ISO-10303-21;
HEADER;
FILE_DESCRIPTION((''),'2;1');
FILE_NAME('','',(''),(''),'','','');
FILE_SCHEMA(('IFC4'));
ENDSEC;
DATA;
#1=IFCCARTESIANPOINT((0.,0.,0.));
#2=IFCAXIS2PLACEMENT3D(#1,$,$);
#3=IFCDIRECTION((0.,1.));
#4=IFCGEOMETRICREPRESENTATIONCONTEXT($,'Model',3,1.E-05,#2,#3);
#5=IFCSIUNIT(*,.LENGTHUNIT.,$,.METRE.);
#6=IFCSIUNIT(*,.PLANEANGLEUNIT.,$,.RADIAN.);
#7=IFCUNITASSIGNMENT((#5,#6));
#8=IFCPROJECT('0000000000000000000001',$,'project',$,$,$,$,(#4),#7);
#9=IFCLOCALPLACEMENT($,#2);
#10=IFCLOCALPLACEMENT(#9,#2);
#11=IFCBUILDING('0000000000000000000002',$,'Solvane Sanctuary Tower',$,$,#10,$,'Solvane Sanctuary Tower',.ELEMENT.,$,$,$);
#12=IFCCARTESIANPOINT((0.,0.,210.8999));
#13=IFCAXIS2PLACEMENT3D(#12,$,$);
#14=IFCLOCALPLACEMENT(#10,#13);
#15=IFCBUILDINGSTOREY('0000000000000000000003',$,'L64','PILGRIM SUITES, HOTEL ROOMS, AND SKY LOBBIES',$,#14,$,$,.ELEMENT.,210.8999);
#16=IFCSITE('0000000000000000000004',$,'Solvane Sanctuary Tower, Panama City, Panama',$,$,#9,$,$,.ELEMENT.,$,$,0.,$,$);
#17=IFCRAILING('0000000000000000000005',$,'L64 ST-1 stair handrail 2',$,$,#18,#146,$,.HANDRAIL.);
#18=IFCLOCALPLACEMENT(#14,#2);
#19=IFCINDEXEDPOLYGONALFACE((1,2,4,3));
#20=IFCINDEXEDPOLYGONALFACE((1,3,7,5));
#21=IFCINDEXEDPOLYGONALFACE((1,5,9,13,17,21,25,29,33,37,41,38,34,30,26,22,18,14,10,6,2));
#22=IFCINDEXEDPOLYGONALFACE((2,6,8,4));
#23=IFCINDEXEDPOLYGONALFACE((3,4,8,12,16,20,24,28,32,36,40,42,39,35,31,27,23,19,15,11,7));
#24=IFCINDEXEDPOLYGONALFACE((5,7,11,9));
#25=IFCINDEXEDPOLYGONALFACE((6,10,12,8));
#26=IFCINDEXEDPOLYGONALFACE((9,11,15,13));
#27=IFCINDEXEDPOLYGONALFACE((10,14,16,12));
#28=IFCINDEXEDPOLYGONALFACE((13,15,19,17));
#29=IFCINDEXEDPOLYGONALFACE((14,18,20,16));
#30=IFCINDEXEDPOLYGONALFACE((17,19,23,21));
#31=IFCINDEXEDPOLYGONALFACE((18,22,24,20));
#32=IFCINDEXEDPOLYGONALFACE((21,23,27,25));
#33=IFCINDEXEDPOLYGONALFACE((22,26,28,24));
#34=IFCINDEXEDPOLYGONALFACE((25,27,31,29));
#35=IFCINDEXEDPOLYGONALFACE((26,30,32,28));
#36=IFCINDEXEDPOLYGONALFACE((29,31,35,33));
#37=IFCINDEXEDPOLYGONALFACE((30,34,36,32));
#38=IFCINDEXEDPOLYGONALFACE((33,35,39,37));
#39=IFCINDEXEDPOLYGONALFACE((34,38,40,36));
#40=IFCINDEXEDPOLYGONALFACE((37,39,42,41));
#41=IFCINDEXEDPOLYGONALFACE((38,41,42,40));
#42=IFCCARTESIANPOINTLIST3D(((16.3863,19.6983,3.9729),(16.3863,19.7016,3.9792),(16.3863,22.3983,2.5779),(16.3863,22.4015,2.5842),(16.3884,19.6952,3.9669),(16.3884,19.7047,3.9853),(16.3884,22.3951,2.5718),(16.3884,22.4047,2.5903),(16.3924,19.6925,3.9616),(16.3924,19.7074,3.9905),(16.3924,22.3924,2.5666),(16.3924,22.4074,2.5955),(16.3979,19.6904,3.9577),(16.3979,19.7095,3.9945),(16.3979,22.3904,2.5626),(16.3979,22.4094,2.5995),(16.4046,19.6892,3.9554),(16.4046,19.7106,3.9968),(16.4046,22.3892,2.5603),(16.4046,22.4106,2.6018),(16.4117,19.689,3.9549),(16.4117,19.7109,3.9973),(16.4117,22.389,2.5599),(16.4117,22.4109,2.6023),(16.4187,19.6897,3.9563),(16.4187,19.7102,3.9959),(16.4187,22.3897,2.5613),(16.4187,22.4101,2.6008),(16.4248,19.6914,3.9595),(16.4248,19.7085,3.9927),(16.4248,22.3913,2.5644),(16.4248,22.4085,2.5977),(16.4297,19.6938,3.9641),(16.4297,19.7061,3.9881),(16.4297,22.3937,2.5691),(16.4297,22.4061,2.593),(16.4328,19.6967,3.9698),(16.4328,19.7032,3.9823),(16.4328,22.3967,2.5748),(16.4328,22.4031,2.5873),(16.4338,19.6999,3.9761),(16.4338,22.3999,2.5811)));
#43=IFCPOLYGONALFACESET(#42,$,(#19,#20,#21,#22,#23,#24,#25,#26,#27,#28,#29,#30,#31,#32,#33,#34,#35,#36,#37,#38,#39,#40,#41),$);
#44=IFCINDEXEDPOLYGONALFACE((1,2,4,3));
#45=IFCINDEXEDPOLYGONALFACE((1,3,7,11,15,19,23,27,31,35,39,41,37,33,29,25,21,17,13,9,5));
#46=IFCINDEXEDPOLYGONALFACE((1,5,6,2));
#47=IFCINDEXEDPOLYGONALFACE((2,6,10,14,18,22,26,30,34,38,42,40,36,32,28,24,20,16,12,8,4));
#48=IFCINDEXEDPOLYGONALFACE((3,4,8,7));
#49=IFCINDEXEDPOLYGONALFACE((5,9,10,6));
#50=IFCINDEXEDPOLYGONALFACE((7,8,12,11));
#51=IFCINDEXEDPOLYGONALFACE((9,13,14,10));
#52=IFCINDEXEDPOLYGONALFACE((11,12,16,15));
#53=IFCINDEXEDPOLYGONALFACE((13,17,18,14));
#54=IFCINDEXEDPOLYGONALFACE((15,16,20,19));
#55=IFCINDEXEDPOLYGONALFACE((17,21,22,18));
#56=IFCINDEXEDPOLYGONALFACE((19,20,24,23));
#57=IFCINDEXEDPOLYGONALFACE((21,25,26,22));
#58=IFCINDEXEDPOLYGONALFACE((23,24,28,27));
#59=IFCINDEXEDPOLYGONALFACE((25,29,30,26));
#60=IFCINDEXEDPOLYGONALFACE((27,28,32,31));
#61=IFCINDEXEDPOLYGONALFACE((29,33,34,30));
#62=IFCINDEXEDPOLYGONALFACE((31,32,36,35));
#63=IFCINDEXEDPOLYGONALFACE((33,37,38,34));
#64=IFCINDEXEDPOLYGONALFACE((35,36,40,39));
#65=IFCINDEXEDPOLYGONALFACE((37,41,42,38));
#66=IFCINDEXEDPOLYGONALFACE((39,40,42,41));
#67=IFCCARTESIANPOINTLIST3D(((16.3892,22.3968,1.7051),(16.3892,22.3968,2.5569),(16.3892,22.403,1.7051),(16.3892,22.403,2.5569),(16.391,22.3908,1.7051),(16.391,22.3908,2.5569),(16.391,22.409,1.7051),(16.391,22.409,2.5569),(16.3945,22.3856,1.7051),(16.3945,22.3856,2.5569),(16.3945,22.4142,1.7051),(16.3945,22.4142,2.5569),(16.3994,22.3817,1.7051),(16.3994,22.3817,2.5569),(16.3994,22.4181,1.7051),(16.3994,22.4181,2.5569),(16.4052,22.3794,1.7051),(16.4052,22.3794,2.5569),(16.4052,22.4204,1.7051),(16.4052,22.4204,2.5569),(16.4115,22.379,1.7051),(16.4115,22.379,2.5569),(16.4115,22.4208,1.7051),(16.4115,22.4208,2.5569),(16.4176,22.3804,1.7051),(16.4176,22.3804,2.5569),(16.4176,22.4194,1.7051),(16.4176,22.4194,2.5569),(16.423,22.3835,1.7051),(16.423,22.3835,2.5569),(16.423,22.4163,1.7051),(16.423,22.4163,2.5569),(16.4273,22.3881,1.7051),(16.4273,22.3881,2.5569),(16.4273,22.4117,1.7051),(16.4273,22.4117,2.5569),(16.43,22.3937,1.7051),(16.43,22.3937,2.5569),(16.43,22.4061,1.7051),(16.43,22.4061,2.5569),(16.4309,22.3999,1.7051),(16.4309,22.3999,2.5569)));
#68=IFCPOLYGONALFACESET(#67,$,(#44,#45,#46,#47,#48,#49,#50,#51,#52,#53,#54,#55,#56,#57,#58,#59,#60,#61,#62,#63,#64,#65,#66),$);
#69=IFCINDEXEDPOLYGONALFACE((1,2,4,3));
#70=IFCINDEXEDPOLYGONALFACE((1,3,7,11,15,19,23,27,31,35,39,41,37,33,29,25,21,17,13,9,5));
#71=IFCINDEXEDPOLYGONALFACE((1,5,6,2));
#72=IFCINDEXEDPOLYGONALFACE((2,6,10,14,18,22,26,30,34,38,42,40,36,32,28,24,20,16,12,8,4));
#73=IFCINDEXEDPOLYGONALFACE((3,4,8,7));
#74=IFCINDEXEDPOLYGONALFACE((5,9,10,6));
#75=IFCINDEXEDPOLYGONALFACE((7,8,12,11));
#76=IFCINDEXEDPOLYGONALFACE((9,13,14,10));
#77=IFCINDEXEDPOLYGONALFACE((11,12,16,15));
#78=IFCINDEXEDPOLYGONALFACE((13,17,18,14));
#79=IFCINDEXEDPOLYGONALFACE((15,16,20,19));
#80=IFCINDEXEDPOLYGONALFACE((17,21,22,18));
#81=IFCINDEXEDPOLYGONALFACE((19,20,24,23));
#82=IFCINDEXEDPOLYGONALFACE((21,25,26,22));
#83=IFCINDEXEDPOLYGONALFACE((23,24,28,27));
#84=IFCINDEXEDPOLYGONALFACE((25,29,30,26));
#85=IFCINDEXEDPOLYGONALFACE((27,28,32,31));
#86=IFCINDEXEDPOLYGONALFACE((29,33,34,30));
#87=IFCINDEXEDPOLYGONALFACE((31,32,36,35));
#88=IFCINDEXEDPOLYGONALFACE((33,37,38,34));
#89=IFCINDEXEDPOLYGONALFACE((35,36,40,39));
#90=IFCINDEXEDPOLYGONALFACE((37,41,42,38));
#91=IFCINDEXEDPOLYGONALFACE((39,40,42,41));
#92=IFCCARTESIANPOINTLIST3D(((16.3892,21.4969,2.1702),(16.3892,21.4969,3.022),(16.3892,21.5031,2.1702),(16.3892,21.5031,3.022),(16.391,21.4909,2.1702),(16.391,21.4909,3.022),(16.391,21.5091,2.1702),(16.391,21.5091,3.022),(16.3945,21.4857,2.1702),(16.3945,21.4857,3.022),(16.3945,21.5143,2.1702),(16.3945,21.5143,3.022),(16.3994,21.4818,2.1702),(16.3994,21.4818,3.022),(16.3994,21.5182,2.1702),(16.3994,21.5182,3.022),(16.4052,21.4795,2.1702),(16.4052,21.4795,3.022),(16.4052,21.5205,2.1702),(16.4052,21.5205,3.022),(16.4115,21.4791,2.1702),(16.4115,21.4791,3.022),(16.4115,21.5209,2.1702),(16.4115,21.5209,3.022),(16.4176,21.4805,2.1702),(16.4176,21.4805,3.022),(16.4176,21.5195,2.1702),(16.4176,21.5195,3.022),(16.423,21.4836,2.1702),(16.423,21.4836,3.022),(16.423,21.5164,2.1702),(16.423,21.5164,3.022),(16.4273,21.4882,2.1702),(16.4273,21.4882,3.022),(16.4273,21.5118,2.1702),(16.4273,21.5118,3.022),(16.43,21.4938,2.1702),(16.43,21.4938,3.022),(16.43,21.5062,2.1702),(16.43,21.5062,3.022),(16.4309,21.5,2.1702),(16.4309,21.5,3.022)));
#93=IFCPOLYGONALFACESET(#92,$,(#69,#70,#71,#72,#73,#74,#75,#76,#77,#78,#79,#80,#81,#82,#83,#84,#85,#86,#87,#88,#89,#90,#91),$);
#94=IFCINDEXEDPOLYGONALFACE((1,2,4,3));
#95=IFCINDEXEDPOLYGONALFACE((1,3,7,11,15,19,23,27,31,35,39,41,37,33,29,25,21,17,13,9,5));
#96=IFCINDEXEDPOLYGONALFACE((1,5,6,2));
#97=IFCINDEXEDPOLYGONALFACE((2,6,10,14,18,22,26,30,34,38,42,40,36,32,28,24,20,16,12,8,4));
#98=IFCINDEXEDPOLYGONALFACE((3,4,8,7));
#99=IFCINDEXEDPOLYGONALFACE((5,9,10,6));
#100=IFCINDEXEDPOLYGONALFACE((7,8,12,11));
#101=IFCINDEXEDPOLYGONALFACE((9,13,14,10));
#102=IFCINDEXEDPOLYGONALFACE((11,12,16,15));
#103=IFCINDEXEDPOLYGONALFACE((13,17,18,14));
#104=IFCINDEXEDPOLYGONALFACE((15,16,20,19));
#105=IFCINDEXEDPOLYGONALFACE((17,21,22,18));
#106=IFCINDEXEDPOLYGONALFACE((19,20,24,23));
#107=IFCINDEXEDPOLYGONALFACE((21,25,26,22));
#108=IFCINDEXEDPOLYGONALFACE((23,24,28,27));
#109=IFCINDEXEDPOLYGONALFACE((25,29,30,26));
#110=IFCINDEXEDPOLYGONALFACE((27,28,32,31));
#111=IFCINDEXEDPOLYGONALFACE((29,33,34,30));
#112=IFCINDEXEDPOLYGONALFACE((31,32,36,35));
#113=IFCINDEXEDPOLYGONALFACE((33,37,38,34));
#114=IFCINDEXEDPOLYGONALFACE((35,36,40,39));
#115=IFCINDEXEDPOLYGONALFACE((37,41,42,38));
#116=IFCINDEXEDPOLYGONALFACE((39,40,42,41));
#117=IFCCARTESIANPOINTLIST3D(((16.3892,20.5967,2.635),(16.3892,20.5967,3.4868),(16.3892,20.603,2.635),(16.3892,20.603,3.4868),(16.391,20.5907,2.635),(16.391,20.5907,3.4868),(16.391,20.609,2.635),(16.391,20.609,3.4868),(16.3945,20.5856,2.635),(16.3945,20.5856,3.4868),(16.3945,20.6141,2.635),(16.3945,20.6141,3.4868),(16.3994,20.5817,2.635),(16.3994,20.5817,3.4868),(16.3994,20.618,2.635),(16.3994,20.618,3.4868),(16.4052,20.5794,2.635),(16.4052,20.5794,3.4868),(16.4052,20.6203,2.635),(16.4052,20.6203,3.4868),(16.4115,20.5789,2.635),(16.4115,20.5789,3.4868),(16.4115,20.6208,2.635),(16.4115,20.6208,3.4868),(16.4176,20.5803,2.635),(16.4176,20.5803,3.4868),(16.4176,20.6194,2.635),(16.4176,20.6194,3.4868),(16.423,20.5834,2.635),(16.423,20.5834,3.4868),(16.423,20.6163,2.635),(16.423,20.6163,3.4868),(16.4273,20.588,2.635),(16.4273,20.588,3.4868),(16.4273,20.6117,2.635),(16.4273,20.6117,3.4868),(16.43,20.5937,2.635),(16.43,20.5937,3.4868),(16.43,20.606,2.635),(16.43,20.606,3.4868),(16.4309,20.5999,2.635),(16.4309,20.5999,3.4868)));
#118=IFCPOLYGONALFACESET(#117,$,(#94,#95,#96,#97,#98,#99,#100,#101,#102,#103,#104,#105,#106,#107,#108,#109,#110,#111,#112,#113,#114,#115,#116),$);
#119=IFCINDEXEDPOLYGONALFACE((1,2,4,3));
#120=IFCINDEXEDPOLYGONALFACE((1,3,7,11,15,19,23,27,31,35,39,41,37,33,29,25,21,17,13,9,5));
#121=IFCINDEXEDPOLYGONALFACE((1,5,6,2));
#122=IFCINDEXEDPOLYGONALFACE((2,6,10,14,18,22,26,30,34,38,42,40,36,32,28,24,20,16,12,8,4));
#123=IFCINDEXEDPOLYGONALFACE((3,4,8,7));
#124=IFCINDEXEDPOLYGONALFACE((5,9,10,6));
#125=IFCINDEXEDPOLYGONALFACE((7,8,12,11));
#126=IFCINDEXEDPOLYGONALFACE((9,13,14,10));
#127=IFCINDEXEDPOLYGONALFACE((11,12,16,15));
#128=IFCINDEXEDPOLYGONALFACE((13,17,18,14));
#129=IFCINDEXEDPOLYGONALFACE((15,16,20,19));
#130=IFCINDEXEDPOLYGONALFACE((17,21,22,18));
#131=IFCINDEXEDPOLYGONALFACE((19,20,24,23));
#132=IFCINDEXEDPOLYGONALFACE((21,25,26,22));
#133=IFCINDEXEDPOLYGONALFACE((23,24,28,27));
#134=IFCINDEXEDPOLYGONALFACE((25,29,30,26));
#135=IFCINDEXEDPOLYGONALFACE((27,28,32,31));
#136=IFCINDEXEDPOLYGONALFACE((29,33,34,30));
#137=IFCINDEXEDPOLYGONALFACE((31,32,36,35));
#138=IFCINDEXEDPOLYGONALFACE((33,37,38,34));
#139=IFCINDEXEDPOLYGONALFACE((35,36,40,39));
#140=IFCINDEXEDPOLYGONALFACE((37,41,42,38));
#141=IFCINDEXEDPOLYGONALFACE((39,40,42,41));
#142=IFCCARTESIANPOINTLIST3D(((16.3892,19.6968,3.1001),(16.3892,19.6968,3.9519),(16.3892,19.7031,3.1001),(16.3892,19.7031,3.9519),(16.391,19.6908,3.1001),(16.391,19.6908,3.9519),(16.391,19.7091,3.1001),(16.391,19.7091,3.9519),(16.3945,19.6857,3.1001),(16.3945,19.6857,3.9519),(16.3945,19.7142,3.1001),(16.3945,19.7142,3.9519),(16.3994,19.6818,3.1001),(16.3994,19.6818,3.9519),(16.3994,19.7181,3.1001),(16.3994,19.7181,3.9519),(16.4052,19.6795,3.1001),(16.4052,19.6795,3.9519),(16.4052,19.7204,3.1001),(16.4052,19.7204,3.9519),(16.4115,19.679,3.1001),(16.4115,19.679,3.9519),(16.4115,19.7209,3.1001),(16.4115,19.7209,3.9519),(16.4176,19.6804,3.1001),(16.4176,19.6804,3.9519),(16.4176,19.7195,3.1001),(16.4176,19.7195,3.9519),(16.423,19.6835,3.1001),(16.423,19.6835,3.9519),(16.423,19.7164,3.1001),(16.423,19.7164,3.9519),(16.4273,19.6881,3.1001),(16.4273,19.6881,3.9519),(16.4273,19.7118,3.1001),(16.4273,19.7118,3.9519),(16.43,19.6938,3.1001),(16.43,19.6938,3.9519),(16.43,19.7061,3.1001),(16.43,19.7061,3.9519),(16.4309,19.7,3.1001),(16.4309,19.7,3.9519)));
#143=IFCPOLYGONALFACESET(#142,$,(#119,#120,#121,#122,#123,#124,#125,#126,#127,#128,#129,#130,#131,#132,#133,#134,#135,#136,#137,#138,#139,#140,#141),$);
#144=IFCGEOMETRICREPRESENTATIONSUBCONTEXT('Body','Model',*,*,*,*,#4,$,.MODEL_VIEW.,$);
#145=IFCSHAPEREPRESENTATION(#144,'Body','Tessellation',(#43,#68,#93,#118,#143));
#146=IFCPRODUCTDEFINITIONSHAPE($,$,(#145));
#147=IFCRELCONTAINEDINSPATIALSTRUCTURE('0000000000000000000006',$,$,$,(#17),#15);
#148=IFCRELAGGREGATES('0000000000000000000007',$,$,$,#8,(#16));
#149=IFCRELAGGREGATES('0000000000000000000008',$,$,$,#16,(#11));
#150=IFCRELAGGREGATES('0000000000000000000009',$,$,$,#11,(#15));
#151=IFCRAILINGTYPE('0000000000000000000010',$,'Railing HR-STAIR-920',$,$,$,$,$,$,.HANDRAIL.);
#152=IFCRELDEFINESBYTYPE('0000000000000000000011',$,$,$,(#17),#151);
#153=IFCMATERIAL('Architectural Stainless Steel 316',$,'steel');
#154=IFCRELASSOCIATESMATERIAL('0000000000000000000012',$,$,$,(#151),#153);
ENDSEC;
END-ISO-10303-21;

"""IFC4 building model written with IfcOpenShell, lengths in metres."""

from ifc_helpers import new_model, si_unit, direction, frame, origin, origin_2d, place, context, subcontext, project, spatial, circle, extrude, material, type_object, element, save


model = new_model("IFC4")

# Units and contexts
model_context = context("Model", 3, precision=1e-05, world=origin(), true_north=direction((0.0, 1.0)))
body_context = subcontext(model_context, "Body", "Model", "MODEL_VIEW")
ifc_project = project(units=[si_unit("LENGTHUNIT", "METRE"), si_unit("PLANEANGLEUNIT", "RADIAN")], contexts=[model_context])

# Site, building, storey
site_placement = place(None, origin())
site = spatial("IfcSite", under=ifc_project, at=site_placement, Name="Solvane Sanctuary Tower, Panama City, Panama", CompositionType="ELEMENT", RefElevation=0.0)
building_placement = place(site_placement, origin())
building = spatial("IfcBuilding", under=site, at=building_placement, Name="Solvane Sanctuary Tower", LongName="Solvane Sanctuary Tower", CompositionType="ELEMENT")
storey_placement = place(building_placement, frame((0.0, 0.0, 210.8999)))
storey = spatial("IfcBuildingStorey", under=building, at=storey_placement, Name="L64", Description="PILGRIM SUITES, HOTEL ROOMS, AND SKY LOBBIES", CompositionType="ELEMENT", Elevation=210.8999)

# Railing
ifc_material_1 = material(Name="Architectural Stainless Steel 316", Category="steel")
railing_type_1 = type_object("IfcRailingType", Name="Railing HR-STAIR-920", PredefinedType="HANDRAIL", material=ifc_material_1)
railing_1_placement = place(storey_placement, frame((16.4099, 22.3999, 1.7051)))
element("IfcRailing", 1, at=railing_1_placement, inside=storey, type_object=railing_type_1, Name="L64 ST-1 stair handrail 2", PredefinedType="HANDRAIL", context=body_context, shape_type="SweptSolid", body=[
    extrude(circle(Radius=0.0239, at=origin_2d()), frame((0.0, 0.0, 0.876), z_axis=(0.0, -0.88842, 0.459032), x_axis=(1.0, 0.0, 0.0)), (0.0, 0.0, 1.0), 3.0391),
    extrude(circle(Radius=0.021, at=origin_2d()), origin(), (0.0, 0.0, 1.0), 0.8518),
    extrude(circle(Radius=0.021, at=origin_2d()), frame((0.0, -0.8999, 0.4651)), (0.0, 0.0, 1.0), 0.8518),
    extrude(circle(Radius=0.021, at=origin_2d()), frame((0.0, -1.8, 0.9299)), (0.0, 0.0, 1.0), 0.8518),
    extrude(circle(Radius=0.021, at=origin_2d()), frame((0.0, -2.7, 1.395)), (0.0, 0.0, 1.0), 0.8518),
])

save(model, "model.ifc")
